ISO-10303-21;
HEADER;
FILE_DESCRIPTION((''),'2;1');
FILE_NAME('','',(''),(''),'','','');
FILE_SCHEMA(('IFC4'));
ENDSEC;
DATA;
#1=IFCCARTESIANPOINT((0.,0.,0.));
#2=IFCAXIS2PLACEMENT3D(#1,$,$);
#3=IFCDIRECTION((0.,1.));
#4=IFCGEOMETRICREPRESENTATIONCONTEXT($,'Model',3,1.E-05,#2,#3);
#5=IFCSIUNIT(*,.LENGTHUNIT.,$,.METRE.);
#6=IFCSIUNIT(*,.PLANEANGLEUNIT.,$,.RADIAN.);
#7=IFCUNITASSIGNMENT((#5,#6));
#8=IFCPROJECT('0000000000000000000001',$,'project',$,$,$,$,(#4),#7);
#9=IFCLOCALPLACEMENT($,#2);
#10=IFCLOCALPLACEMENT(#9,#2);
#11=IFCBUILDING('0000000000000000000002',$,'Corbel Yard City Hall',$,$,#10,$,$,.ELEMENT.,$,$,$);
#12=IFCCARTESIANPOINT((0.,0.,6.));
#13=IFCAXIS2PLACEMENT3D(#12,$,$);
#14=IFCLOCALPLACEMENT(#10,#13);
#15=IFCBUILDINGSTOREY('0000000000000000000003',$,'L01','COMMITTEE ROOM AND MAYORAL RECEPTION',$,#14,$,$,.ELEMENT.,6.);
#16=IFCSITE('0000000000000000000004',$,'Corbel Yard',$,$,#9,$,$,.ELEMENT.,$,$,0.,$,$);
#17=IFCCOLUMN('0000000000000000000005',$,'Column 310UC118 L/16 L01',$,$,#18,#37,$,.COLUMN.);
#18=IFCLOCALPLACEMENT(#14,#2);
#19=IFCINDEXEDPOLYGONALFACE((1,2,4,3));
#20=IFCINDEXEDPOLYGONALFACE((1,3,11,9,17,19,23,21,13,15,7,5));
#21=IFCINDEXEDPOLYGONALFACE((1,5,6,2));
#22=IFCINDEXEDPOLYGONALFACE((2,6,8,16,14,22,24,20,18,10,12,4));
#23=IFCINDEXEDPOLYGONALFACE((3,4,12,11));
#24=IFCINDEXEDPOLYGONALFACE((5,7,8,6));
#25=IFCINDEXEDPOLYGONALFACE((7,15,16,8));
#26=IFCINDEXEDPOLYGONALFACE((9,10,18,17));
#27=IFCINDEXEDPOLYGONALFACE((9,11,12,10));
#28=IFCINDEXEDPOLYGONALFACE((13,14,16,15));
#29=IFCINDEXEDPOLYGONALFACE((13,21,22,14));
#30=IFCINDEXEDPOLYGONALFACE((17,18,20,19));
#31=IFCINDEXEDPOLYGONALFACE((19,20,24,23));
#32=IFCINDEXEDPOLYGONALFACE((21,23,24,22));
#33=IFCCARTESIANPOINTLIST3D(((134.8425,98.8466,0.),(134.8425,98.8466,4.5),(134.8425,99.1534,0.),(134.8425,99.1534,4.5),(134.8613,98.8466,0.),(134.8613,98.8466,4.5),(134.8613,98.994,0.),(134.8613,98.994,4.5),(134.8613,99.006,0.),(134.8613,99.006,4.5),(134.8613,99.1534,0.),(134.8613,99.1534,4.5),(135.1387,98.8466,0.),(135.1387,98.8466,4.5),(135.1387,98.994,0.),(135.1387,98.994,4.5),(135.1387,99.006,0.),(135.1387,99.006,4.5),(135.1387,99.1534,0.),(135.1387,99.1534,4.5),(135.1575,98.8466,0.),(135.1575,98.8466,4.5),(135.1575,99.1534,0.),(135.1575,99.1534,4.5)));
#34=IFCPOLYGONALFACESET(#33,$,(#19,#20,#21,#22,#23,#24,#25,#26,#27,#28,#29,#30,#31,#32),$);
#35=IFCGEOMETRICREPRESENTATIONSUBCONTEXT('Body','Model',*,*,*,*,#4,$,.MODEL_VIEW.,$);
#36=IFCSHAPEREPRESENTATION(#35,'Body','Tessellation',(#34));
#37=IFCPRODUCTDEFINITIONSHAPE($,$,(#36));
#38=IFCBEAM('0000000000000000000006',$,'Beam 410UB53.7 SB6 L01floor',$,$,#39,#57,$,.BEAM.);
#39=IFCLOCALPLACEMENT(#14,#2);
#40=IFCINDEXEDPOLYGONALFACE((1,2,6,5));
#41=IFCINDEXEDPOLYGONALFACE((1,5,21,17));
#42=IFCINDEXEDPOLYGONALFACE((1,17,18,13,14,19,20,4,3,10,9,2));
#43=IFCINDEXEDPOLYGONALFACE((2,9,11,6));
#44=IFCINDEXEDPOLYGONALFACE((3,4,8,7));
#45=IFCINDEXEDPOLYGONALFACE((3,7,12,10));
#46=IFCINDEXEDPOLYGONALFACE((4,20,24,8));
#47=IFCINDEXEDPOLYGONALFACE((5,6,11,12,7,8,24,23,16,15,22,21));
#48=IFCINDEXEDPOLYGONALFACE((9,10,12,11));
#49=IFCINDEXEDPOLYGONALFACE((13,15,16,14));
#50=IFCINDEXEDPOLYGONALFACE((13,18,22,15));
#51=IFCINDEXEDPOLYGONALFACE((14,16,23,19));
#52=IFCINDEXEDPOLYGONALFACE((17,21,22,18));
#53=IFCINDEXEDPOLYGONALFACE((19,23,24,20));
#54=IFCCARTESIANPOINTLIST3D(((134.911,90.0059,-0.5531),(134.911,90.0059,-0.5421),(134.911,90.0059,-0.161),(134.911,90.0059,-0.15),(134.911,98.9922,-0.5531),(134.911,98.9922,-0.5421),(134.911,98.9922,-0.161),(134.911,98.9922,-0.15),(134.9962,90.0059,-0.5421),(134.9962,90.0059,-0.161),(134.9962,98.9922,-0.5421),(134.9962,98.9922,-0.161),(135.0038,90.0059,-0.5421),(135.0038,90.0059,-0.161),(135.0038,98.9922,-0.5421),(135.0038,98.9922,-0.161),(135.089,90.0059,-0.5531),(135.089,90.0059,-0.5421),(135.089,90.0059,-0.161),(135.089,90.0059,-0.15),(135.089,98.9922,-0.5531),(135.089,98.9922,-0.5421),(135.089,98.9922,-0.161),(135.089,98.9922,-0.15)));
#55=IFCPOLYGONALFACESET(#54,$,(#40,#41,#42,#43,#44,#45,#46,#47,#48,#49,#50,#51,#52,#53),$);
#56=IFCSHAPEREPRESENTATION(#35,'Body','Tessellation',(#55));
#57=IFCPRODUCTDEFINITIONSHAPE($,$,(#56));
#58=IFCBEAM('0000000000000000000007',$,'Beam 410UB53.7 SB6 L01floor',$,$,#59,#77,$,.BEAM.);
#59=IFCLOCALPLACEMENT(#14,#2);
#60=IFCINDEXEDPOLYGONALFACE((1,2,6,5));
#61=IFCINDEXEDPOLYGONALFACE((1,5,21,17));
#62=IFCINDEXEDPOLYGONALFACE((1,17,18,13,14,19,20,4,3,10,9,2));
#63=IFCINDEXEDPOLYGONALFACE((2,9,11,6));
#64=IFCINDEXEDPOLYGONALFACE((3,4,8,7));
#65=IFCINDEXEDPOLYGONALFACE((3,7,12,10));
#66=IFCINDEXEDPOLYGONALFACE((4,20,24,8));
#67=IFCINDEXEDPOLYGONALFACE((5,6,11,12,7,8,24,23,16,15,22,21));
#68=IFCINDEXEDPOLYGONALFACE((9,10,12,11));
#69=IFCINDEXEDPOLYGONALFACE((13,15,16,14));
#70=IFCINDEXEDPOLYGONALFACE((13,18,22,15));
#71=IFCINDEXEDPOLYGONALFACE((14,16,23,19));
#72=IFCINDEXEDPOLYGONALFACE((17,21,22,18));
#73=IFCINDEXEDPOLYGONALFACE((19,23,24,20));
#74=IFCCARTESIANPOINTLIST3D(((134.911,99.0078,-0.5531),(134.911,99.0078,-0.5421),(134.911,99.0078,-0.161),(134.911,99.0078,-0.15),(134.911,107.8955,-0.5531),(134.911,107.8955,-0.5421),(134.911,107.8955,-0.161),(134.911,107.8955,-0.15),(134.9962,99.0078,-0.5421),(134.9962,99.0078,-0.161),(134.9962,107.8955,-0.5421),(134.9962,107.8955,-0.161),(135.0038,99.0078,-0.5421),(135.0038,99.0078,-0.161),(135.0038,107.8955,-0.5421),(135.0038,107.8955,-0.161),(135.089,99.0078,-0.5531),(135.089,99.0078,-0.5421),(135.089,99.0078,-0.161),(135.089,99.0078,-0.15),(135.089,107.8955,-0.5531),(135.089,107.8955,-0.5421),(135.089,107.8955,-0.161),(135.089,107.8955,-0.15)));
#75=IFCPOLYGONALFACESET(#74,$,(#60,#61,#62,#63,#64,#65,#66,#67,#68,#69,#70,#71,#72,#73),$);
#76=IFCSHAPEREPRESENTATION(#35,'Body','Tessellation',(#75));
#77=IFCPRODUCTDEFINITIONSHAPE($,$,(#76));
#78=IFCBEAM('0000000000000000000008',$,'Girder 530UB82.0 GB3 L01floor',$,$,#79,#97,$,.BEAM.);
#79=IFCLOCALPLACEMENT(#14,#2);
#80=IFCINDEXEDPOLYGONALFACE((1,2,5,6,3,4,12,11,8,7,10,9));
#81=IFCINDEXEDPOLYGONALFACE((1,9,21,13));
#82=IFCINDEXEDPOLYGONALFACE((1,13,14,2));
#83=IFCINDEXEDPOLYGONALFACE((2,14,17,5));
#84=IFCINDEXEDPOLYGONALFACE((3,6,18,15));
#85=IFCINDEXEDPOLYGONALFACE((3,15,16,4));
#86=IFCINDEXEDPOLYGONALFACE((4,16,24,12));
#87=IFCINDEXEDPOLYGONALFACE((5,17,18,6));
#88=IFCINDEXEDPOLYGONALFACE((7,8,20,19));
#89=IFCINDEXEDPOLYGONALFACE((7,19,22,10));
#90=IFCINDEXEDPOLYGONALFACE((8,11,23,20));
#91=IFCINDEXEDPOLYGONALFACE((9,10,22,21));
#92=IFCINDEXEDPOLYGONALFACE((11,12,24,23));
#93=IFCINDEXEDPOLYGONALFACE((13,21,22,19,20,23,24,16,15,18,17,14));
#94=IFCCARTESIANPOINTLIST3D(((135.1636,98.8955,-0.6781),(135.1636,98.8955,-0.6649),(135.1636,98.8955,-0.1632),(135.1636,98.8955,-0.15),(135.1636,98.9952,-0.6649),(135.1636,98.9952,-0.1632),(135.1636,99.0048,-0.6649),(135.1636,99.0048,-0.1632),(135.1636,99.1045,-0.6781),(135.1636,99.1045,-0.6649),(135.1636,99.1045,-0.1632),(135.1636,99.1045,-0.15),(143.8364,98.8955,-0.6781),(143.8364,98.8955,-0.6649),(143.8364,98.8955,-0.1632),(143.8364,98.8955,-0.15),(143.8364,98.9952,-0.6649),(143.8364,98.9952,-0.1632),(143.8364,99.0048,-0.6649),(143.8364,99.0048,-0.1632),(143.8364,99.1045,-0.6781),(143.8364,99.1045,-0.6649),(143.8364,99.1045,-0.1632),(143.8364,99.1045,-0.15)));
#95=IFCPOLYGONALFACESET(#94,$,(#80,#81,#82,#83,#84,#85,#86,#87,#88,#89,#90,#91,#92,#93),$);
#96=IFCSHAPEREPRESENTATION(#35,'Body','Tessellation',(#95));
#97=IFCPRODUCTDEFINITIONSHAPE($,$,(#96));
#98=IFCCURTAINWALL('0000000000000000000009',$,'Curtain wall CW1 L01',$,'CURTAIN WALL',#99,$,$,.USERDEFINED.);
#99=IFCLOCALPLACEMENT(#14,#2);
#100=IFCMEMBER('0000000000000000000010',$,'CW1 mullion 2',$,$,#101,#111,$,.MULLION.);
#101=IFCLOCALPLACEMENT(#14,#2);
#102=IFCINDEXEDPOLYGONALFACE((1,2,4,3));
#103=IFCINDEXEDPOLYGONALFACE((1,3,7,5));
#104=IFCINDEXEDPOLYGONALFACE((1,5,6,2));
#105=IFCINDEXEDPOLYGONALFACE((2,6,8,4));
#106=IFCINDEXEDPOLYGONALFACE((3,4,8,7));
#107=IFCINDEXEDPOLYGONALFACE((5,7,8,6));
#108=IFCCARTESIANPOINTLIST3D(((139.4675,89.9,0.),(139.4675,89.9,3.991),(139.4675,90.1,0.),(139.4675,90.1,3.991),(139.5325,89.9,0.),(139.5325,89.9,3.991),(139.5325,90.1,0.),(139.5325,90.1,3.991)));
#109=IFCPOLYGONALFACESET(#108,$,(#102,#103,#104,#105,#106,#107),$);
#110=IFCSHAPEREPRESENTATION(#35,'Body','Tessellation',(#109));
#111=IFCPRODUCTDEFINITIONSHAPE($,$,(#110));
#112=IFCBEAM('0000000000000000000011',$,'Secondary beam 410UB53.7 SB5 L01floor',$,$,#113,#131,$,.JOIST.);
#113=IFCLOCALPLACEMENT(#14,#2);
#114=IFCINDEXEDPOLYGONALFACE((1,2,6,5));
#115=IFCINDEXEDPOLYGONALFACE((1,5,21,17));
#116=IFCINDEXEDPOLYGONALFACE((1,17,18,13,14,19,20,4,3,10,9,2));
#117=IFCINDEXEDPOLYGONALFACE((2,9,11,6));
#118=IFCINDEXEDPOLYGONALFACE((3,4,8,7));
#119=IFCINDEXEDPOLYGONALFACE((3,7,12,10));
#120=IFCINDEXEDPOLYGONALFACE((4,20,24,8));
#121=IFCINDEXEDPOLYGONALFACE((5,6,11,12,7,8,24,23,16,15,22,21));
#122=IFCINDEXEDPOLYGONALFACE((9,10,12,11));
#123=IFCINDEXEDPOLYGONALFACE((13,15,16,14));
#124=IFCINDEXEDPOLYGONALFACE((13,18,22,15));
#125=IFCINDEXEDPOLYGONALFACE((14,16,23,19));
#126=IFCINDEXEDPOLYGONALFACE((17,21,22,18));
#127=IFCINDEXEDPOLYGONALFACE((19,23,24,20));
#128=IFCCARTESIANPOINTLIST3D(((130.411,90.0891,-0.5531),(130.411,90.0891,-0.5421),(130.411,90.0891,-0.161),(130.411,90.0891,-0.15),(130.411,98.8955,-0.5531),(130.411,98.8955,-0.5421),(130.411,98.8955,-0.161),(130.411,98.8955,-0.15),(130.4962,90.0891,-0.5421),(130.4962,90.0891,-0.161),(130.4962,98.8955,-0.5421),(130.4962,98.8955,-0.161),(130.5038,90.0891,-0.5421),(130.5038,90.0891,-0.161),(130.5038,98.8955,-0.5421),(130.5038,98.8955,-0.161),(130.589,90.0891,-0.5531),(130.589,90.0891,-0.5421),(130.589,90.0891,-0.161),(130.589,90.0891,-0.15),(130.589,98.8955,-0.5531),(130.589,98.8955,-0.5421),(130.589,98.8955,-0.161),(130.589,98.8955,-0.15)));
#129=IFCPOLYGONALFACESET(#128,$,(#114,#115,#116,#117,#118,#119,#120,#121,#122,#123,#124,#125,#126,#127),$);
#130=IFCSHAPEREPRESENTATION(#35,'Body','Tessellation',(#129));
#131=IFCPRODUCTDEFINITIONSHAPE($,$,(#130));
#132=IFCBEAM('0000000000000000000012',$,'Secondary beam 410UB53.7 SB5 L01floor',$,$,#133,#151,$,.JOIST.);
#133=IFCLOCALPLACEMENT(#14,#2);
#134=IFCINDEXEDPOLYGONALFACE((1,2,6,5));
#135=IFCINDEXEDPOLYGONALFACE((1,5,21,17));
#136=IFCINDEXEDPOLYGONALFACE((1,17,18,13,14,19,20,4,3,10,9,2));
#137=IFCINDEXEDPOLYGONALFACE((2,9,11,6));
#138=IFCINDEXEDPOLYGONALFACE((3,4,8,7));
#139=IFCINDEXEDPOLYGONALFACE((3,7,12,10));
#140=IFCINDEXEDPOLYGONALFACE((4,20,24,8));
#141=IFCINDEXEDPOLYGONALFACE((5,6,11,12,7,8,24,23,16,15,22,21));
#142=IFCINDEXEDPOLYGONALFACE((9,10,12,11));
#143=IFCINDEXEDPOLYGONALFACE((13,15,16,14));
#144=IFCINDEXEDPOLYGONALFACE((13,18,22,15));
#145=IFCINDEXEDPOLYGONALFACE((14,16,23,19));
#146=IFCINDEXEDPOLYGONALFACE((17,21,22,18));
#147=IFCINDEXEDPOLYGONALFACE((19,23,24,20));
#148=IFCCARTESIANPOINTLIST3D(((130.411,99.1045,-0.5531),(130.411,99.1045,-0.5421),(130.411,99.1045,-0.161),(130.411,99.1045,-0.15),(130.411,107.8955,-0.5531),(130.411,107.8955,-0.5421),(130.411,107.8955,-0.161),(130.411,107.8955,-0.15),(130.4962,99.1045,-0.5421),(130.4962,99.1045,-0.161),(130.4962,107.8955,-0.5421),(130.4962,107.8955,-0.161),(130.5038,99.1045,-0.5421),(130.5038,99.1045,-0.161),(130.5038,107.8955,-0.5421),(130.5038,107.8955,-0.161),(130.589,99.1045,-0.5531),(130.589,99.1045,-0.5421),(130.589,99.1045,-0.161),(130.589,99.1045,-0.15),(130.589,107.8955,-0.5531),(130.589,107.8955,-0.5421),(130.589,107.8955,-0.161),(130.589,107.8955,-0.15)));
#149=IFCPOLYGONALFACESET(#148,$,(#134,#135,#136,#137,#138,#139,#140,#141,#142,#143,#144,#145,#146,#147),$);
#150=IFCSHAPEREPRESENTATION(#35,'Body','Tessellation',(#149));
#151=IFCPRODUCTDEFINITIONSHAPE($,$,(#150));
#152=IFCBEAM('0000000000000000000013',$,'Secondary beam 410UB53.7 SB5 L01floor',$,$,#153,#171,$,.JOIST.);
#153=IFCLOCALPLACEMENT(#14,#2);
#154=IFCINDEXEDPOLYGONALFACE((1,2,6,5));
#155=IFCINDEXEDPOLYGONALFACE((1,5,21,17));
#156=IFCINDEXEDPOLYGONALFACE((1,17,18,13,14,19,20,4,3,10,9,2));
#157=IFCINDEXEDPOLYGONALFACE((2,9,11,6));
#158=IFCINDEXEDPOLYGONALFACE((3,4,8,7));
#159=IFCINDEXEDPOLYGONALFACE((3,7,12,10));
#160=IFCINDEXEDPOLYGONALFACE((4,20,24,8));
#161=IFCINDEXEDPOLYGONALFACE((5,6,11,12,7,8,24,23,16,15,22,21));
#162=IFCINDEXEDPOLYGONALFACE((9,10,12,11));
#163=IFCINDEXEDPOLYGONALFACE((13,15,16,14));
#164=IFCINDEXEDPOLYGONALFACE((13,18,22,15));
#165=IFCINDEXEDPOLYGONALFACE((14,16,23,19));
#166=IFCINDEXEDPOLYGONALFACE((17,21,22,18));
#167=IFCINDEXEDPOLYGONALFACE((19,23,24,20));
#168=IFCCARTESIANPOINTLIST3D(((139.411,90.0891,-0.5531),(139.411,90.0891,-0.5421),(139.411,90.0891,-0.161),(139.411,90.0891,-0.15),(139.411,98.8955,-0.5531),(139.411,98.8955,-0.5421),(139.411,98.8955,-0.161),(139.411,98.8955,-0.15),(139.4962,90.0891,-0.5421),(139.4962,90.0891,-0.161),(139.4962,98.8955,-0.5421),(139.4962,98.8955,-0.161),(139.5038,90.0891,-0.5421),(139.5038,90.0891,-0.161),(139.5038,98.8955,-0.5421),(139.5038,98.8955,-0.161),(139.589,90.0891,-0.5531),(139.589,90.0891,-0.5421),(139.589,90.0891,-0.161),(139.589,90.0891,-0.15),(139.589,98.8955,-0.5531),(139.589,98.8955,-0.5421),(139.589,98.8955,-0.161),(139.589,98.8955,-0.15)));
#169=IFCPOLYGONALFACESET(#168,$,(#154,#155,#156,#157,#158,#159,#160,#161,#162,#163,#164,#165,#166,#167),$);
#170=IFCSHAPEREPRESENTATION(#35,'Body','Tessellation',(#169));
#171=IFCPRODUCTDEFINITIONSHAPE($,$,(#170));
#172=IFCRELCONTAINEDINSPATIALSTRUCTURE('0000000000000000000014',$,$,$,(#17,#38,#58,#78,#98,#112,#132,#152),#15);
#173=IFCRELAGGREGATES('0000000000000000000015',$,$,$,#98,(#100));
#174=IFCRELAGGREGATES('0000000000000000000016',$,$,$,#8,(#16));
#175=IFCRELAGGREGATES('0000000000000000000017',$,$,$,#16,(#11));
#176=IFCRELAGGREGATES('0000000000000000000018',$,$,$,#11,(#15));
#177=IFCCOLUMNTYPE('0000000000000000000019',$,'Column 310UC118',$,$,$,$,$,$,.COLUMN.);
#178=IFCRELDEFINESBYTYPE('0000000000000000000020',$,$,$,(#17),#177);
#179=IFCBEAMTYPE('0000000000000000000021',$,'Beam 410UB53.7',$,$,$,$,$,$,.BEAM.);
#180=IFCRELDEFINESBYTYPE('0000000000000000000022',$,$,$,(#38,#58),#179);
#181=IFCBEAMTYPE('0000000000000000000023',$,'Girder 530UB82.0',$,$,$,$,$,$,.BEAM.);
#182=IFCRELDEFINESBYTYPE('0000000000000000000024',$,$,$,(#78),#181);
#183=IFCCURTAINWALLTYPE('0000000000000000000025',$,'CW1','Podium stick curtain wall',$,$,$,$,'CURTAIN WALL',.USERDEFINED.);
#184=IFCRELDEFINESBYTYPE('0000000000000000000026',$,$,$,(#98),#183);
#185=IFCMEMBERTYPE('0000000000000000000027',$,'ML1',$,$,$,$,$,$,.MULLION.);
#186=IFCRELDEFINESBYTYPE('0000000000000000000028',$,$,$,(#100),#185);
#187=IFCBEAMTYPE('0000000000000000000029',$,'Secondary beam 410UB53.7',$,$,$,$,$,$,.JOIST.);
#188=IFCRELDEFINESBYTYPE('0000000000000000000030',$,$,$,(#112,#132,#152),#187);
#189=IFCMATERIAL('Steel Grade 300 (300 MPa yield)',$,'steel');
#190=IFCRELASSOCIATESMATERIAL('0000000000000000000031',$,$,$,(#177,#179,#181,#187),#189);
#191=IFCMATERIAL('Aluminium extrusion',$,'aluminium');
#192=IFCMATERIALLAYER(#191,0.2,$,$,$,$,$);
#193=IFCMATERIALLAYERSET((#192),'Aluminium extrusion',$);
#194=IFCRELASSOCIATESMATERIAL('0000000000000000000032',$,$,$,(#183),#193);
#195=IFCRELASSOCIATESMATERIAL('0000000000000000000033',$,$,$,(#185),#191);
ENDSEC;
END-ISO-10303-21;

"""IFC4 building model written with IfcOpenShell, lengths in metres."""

from ifc_helpers import new_model, si_unit, direction, frame, origin, origin_2d, place, context, subcontext, project, spatial, rectangle, i_section, extrude, material, layer, layer_set, material_profile, profile_set, type_object, element, aggregate, save


model = new_model("IFC4")

# Units and contexts
model_context = context("Model", 3, precision=1e-05, world=origin(), true_north=direction((0.0, 1.0)))
body_context = subcontext(model_context, "Body", "Model", "MODEL_VIEW")
ifc_project = project(units=[si_unit("LENGTHUNIT", "METRE"), si_unit("PLANEANGLEUNIT", "RADIAN")], contexts=[model_context])

# Site, building, storey
site_placement = place(None, origin())
site = spatial("IfcSite", under=ifc_project, at=site_placement, Name="Corbel Yard", CompositionType="ELEMENT", RefElevation=0.0)
building_placement = place(site_placement, origin())
building = spatial("IfcBuilding", under=site, at=building_placement, Name="Corbel Yard City Hall", CompositionType="ELEMENT")
storey_placement = place(building_placement, frame((0.0, 0.0, 6.0)))
storey = spatial("IfcBuildingStorey", under=building, at=storey_placement, Name="L01", Description="COMMITTEE ROOM AND MAYORAL RECEPTION", CompositionType="ELEMENT", Elevation=6.0)

# Column
ifc_material_1 = material(Name="Steel Grade 300 (300 MPa yield)", Category="steel")
ifc_material_profile_1 = material_profile(ifc_material_1, i_section(OverallWidth=0.3069, OverallDepth=0.3149, WebThickness=0.012, FlangeThickness=0.0188, at=origin_2d()), Name="310UC118")
ifc_profile_set_1 = profile_set([ifc_material_profile_1], Name="Steel Grade 300 (300 MPa yield)")
column_type = type_object("IfcColumnType", Name="Column 310UC118", PredefinedType="COLUMN", material=ifc_profile_set_1)
column_placement = place(storey_placement, frame((135.0, 99.0, 0.0), z_axis=(0.0, 0.0, 1.0), x_axis=(0.0, 1.0, 0.0)))
element("IfcColumn", 1, at=column_placement, inside=storey, type_object=column_type, Name="Column 310UC118 L/16 L01", PredefinedType="COLUMN", context=body_context, shape_type="SweptSolid", body=[
    extrude(i_section(OverallWidth=0.3069, OverallDepth=0.3149, WebThickness=0.012, FlangeThickness=0.0188, at=origin_2d()), origin(), (0.0, 0.0, 1.0), 4.5),
])

# Beams
ifc_material_profile_2 = material_profile(ifc_material_1, i_section(OverallWidth=0.178, OverallDepth=0.4031, WebThickness=0.0076, FlangeThickness=0.011, at=origin_2d()), Name="410UB53.7")
ifc_profile_set_2 = profile_set([ifc_material_profile_2], Name="Steel Grade 300 (300 MPa yield)")
beam_type_1 = type_object("IfcBeamType", Name="Beam 410UB53.7", PredefinedType="BEAM", material=ifc_profile_set_2)
beam_1_placement = place(storey_placement, frame((135.0, 90.0059, -0.3516), z_axis=(0.0, 1.0, 0.0), x_axis=(-1.0, 0.0, 0.0)))
element("IfcBeam", 2, at=beam_1_placement, inside=storey, type_object=beam_type_1, Name="Beam 410UB53.7 SB6 L01floor", PredefinedType="BEAM", context=body_context, shape_type="SweptSolid", body=[
    extrude(i_section(OverallWidth=0.178, OverallDepth=0.4031, WebThickness=0.0076, FlangeThickness=0.011, at=origin_2d()), origin(), (0.0, 0.0, 1.0), 8.9863),
])
beam_2_placement = place(storey_placement, frame((135.0, 99.0078, -0.3516), z_axis=(0.0, 1.0, 0.0), x_axis=(-1.0, 0.0, 0.0)))
element("IfcBeam", 3, at=beam_2_placement, inside=storey, type_object=beam_type_1, Name="Beam 410UB53.7 SB6 L01floor", PredefinedType="BEAM", context=body_context, shape_type="SweptSolid", body=[
    extrude(i_section(OverallWidth=0.178, OverallDepth=0.4031, WebThickness=0.0076, FlangeThickness=0.011, at=origin_2d()), origin(), (0.0, 0.0, 1.0), 8.8877),
])
ifc_material_profile_3 = material_profile(ifc_material_1, i_section(OverallWidth=0.209, OverallDepth=0.5281, WebThickness=0.0095, FlangeThickness=0.0132, at=origin_2d()), Name="530UB82.0")
ifc_profile_set_3 = profile_set([ifc_material_profile_3], Name="Steel Grade 300 (300 MPa yield)")
beam_type_2 = type_object("IfcBeamType", Name="Girder 530UB82.0", PredefinedType="BEAM", material=ifc_profile_set_3)
beam_3_placement = place(storey_placement, frame((135.1636, 99.0, -0.4141), z_axis=(1.0, 0.0, 0.0), x_axis=(0.0, 1.0, 0.0)))
element("IfcBeam", 4, at=beam_3_placement, inside=storey, type_object=beam_type_2, Name="Girder 530UB82.0 GB3 L01floor", PredefinedType="BEAM", context=body_context, shape_type="SweptSolid", body=[
    extrude(i_section(OverallWidth=0.209, OverallDepth=0.5281, WebThickness=0.0095, FlangeThickness=0.0132, at=origin_2d()), origin(), (0.0, 0.0, 1.0), 8.6729),
])

# Curtain wall, member
ifc_material_2 = material(Name="Aluminium extrusion", Category="aluminium")
ifc_layer_1 = layer(ifc_material_2, 0.2)
ifc_layer_set_1 = layer_set([ifc_layer_1], Name="Aluminium extrusion")
curtain_wall_type = type_object("IfcCurtainWallType", Name="CW1", Description="Podium stick curtain wall", ElementType="CURTAIN WALL", PredefinedType="USERDEFINED", material=ifc_layer_set_1)
curtain_wall_placement = place(storey_placement, origin())
curtain_wall = element("IfcCurtainWall", 5, at=curtain_wall_placement, inside=storey, type_object=curtain_wall_type, Name="Curtain wall CW1 L01", ObjectType="CURTAIN WALL", PredefinedType="USERDEFINED")
ifc_material_profile_4 = material_profile(ifc_material_2, rectangle(XDim=0.2, YDim=0.0649, at=origin_2d()), Name="200x65")
ifc_profile_set_4 = profile_set([ifc_material_profile_4], Name="Aluminium extrusion")
member_type_1 = type_object("IfcMemberType", Name="ML1", PredefinedType="MULLION", material=ifc_profile_set_4)
member_1_placement = place(storey_placement, frame((139.5, 90.0, 0.0), z_axis=(0.0, 0.0, 1.0), x_axis=(0.0, 1.0, 0.0)))
member_1 = element("IfcMember", 6, at=member_1_placement, type_object=member_type_1, Name="CW1 mullion 2", PredefinedType="MULLION", context=body_context, shape_type="SweptSolid", body=[
    extrude(rectangle(XDim=0.2, YDim=0.0649, at=origin_2d()), origin(), (0.0, 0.0, 1.0), 3.991),
])

# Beams
ifc_material_profile_5 = material_profile(ifc_material_1, i_section(OverallWidth=0.178, OverallDepth=0.4031, WebThickness=0.0076, FlangeThickness=0.011, at=origin_2d()), Name="410UB53.7")
ifc_profile_set_5 = profile_set([ifc_material_profile_5], Name="Steel Grade 300 (300 MPa yield)")
beam_type_3 = type_object("IfcBeamType", Name="Secondary beam 410UB53.7", PredefinedType="JOIST", material=ifc_profile_set_5)
beam_4_placement = place(storey_placement, frame((130.5, 90.0891, -0.3516), z_axis=(0.0, 1.0, 0.0), x_axis=(-1.0, 0.0, 0.0)))
element("IfcBeam", 7, at=beam_4_placement, inside=storey, type_object=beam_type_3, Name="Secondary beam 410UB53.7 SB5 L01floor", PredefinedType="JOIST", context=body_context, shape_type="SweptSolid", body=[
    extrude(i_section(OverallWidth=0.178, OverallDepth=0.4031, WebThickness=0.0076, FlangeThickness=0.011, at=origin_2d()), origin(), (0.0, 0.0, 1.0), 8.8064),
])
beam_5_placement = place(storey_placement, frame((130.5, 99.1045, -0.3516), z_axis=(0.0, 1.0, 0.0), x_axis=(-1.0, 0.0, 0.0)))
element("IfcBeam", 8, at=beam_5_placement, inside=storey, type_object=beam_type_3, Name="Secondary beam 410UB53.7 SB5 L01floor", PredefinedType="JOIST", context=body_context, shape_type="SweptSolid", body=[
    extrude(i_section(OverallWidth=0.178, OverallDepth=0.4031, WebThickness=0.0076, FlangeThickness=0.011, at=origin_2d()), origin(), (0.0, 0.0, 1.0), 8.791),
])
beam_6_placement = place(storey_placement, frame((139.5, 90.0891, -0.3516), z_axis=(0.0, 1.0, 0.0), x_axis=(-1.0, 0.0, 0.0)))
element("IfcBeam", 9, at=beam_6_placement, inside=storey, type_object=beam_type_3, Name="Secondary beam 410UB53.7 SB5 L01floor", PredefinedType="JOIST", context=body_context, shape_type="SweptSolid", body=[
    extrude(i_section(OverallWidth=0.178, OverallDepth=0.4031, WebThickness=0.0076, FlangeThickness=0.011, at=origin_2d()), origin(), (0.0, 0.0, 1.0), 8.8064),
])

aggregate(curtain_wall, [member_1])

save(model, "model.ifc")
